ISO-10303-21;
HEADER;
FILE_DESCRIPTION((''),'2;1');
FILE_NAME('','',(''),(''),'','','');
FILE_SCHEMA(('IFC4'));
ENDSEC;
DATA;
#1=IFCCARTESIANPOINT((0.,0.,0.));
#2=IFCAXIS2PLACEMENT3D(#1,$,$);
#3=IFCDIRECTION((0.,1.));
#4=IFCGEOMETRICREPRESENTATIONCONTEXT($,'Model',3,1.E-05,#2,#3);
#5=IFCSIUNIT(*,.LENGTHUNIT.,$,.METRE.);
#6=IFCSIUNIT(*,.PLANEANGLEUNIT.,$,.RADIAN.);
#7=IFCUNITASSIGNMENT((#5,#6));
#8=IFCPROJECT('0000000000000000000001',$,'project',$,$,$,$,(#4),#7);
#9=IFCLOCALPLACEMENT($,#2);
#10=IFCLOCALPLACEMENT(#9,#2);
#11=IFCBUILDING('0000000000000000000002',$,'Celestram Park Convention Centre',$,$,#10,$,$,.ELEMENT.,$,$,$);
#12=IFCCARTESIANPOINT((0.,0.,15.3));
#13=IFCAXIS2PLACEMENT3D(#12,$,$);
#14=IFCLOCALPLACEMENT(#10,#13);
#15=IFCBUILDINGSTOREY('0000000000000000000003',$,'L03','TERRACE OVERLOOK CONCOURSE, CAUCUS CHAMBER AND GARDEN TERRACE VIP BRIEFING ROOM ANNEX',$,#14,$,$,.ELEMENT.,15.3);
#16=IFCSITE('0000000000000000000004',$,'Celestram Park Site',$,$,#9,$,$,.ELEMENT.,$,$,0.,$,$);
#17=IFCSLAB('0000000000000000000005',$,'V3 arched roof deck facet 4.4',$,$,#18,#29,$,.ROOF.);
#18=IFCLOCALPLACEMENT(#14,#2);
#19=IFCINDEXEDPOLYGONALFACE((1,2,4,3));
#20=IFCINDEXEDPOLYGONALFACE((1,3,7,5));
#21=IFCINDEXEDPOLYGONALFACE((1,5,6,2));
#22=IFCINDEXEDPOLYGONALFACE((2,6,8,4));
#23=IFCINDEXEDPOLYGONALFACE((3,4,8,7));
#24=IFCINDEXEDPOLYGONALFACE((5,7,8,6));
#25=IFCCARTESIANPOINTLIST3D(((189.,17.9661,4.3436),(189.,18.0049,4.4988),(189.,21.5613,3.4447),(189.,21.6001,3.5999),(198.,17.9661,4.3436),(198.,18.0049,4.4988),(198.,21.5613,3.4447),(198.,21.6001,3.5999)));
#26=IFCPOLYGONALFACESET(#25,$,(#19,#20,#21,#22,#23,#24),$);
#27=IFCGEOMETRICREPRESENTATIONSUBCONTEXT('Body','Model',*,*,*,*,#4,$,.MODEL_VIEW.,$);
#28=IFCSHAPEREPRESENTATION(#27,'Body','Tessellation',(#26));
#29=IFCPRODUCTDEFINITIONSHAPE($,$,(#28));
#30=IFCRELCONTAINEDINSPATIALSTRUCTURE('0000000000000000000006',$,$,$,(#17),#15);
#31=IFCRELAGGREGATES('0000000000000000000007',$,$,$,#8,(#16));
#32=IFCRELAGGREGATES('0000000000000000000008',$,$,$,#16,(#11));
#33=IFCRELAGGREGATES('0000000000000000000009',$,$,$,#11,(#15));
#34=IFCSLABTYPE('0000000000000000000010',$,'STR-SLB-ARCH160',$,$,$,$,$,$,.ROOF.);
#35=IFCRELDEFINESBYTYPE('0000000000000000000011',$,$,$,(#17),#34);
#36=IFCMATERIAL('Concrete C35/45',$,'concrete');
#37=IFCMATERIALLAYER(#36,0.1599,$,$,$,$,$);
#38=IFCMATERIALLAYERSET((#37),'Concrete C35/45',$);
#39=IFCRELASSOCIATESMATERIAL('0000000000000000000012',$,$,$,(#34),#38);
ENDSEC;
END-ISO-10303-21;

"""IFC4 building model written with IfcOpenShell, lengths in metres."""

from ifc_helpers import new_model, si_unit, direction, frame, origin, place, context, subcontext, project, spatial, polyline, outline, extrude, material, layer, layer_set, type_object, element, save


model = new_model("IFC4")

# Units and contexts
model_context = context("Model", 3, precision=1e-05, world=origin(), true_north=direction((0.0, 1.0)))
body_context = subcontext(model_context, "Body", "Model", "MODEL_VIEW")
ifc_project = project(units=[si_unit("LENGTHUNIT", "METRE"), si_unit("PLANEANGLEUNIT", "RADIAN")], contexts=[model_context])

# Site, building, storey
site_placement = place(None, origin())
site = spatial("IfcSite", under=ifc_project, at=site_placement, Name="Celestram Park Site", CompositionType="ELEMENT", RefElevation=0.0)
building_placement = place(site_placement, origin())
building = spatial("IfcBuilding", under=site, at=building_placement, Name="Celestram Park Convention Centre", CompositionType="ELEMENT")
storey_placement = place(building_placement, frame((0.0, 0.0, 15.3)))
storey = spatial("IfcBuildingStorey", under=building, at=storey_placement, Name="L03", Description="TERRACE OVERLOOK CONCOURSE, CAUCUS CHAMBER AND GARDEN TERRACE VIP BRIEFING ROOM ANNEX", CompositionType="ELEMENT", Elevation=15.3)

# Slab
ifc_material_1 = material(Name="Concrete C35/45", Category="concrete")
ifc_layer_1 = layer(ifc_material_1, 0.1599)
ifc_layer_set_1 = layer_set([ifc_layer_1], Name="Concrete C35/45")
slab_type = type_object("IfcSlabType", Name="STR-SLB-ARCH160", PredefinedType="ROOF", material=ifc_layer_set_1)
slab_1_placement = place(storey_placement, frame((189.0, 18.0049, 4.4988), z_axis=(0.0, 0.242567, 0.970135), x_axis=(1.0, 0.0, 0.0)))
element("IfcSlab", 1, at=slab_1_placement, inside=storey, type_object=slab_type, Name="V3 arched roof deck facet 4.4", PredefinedType="ROOF", context=body_context, shape_type="SweptSolid", body=[
    extrude(outline(polyline([(0.0, 0.0), (9.0, 0.0), (9.0, 3.7059), (0.0, 3.7059), (0.0, 0.0)])), origin(), (0.0, 0.0, -1.0), 0.1599),
])

save(model, "model.ifc")
